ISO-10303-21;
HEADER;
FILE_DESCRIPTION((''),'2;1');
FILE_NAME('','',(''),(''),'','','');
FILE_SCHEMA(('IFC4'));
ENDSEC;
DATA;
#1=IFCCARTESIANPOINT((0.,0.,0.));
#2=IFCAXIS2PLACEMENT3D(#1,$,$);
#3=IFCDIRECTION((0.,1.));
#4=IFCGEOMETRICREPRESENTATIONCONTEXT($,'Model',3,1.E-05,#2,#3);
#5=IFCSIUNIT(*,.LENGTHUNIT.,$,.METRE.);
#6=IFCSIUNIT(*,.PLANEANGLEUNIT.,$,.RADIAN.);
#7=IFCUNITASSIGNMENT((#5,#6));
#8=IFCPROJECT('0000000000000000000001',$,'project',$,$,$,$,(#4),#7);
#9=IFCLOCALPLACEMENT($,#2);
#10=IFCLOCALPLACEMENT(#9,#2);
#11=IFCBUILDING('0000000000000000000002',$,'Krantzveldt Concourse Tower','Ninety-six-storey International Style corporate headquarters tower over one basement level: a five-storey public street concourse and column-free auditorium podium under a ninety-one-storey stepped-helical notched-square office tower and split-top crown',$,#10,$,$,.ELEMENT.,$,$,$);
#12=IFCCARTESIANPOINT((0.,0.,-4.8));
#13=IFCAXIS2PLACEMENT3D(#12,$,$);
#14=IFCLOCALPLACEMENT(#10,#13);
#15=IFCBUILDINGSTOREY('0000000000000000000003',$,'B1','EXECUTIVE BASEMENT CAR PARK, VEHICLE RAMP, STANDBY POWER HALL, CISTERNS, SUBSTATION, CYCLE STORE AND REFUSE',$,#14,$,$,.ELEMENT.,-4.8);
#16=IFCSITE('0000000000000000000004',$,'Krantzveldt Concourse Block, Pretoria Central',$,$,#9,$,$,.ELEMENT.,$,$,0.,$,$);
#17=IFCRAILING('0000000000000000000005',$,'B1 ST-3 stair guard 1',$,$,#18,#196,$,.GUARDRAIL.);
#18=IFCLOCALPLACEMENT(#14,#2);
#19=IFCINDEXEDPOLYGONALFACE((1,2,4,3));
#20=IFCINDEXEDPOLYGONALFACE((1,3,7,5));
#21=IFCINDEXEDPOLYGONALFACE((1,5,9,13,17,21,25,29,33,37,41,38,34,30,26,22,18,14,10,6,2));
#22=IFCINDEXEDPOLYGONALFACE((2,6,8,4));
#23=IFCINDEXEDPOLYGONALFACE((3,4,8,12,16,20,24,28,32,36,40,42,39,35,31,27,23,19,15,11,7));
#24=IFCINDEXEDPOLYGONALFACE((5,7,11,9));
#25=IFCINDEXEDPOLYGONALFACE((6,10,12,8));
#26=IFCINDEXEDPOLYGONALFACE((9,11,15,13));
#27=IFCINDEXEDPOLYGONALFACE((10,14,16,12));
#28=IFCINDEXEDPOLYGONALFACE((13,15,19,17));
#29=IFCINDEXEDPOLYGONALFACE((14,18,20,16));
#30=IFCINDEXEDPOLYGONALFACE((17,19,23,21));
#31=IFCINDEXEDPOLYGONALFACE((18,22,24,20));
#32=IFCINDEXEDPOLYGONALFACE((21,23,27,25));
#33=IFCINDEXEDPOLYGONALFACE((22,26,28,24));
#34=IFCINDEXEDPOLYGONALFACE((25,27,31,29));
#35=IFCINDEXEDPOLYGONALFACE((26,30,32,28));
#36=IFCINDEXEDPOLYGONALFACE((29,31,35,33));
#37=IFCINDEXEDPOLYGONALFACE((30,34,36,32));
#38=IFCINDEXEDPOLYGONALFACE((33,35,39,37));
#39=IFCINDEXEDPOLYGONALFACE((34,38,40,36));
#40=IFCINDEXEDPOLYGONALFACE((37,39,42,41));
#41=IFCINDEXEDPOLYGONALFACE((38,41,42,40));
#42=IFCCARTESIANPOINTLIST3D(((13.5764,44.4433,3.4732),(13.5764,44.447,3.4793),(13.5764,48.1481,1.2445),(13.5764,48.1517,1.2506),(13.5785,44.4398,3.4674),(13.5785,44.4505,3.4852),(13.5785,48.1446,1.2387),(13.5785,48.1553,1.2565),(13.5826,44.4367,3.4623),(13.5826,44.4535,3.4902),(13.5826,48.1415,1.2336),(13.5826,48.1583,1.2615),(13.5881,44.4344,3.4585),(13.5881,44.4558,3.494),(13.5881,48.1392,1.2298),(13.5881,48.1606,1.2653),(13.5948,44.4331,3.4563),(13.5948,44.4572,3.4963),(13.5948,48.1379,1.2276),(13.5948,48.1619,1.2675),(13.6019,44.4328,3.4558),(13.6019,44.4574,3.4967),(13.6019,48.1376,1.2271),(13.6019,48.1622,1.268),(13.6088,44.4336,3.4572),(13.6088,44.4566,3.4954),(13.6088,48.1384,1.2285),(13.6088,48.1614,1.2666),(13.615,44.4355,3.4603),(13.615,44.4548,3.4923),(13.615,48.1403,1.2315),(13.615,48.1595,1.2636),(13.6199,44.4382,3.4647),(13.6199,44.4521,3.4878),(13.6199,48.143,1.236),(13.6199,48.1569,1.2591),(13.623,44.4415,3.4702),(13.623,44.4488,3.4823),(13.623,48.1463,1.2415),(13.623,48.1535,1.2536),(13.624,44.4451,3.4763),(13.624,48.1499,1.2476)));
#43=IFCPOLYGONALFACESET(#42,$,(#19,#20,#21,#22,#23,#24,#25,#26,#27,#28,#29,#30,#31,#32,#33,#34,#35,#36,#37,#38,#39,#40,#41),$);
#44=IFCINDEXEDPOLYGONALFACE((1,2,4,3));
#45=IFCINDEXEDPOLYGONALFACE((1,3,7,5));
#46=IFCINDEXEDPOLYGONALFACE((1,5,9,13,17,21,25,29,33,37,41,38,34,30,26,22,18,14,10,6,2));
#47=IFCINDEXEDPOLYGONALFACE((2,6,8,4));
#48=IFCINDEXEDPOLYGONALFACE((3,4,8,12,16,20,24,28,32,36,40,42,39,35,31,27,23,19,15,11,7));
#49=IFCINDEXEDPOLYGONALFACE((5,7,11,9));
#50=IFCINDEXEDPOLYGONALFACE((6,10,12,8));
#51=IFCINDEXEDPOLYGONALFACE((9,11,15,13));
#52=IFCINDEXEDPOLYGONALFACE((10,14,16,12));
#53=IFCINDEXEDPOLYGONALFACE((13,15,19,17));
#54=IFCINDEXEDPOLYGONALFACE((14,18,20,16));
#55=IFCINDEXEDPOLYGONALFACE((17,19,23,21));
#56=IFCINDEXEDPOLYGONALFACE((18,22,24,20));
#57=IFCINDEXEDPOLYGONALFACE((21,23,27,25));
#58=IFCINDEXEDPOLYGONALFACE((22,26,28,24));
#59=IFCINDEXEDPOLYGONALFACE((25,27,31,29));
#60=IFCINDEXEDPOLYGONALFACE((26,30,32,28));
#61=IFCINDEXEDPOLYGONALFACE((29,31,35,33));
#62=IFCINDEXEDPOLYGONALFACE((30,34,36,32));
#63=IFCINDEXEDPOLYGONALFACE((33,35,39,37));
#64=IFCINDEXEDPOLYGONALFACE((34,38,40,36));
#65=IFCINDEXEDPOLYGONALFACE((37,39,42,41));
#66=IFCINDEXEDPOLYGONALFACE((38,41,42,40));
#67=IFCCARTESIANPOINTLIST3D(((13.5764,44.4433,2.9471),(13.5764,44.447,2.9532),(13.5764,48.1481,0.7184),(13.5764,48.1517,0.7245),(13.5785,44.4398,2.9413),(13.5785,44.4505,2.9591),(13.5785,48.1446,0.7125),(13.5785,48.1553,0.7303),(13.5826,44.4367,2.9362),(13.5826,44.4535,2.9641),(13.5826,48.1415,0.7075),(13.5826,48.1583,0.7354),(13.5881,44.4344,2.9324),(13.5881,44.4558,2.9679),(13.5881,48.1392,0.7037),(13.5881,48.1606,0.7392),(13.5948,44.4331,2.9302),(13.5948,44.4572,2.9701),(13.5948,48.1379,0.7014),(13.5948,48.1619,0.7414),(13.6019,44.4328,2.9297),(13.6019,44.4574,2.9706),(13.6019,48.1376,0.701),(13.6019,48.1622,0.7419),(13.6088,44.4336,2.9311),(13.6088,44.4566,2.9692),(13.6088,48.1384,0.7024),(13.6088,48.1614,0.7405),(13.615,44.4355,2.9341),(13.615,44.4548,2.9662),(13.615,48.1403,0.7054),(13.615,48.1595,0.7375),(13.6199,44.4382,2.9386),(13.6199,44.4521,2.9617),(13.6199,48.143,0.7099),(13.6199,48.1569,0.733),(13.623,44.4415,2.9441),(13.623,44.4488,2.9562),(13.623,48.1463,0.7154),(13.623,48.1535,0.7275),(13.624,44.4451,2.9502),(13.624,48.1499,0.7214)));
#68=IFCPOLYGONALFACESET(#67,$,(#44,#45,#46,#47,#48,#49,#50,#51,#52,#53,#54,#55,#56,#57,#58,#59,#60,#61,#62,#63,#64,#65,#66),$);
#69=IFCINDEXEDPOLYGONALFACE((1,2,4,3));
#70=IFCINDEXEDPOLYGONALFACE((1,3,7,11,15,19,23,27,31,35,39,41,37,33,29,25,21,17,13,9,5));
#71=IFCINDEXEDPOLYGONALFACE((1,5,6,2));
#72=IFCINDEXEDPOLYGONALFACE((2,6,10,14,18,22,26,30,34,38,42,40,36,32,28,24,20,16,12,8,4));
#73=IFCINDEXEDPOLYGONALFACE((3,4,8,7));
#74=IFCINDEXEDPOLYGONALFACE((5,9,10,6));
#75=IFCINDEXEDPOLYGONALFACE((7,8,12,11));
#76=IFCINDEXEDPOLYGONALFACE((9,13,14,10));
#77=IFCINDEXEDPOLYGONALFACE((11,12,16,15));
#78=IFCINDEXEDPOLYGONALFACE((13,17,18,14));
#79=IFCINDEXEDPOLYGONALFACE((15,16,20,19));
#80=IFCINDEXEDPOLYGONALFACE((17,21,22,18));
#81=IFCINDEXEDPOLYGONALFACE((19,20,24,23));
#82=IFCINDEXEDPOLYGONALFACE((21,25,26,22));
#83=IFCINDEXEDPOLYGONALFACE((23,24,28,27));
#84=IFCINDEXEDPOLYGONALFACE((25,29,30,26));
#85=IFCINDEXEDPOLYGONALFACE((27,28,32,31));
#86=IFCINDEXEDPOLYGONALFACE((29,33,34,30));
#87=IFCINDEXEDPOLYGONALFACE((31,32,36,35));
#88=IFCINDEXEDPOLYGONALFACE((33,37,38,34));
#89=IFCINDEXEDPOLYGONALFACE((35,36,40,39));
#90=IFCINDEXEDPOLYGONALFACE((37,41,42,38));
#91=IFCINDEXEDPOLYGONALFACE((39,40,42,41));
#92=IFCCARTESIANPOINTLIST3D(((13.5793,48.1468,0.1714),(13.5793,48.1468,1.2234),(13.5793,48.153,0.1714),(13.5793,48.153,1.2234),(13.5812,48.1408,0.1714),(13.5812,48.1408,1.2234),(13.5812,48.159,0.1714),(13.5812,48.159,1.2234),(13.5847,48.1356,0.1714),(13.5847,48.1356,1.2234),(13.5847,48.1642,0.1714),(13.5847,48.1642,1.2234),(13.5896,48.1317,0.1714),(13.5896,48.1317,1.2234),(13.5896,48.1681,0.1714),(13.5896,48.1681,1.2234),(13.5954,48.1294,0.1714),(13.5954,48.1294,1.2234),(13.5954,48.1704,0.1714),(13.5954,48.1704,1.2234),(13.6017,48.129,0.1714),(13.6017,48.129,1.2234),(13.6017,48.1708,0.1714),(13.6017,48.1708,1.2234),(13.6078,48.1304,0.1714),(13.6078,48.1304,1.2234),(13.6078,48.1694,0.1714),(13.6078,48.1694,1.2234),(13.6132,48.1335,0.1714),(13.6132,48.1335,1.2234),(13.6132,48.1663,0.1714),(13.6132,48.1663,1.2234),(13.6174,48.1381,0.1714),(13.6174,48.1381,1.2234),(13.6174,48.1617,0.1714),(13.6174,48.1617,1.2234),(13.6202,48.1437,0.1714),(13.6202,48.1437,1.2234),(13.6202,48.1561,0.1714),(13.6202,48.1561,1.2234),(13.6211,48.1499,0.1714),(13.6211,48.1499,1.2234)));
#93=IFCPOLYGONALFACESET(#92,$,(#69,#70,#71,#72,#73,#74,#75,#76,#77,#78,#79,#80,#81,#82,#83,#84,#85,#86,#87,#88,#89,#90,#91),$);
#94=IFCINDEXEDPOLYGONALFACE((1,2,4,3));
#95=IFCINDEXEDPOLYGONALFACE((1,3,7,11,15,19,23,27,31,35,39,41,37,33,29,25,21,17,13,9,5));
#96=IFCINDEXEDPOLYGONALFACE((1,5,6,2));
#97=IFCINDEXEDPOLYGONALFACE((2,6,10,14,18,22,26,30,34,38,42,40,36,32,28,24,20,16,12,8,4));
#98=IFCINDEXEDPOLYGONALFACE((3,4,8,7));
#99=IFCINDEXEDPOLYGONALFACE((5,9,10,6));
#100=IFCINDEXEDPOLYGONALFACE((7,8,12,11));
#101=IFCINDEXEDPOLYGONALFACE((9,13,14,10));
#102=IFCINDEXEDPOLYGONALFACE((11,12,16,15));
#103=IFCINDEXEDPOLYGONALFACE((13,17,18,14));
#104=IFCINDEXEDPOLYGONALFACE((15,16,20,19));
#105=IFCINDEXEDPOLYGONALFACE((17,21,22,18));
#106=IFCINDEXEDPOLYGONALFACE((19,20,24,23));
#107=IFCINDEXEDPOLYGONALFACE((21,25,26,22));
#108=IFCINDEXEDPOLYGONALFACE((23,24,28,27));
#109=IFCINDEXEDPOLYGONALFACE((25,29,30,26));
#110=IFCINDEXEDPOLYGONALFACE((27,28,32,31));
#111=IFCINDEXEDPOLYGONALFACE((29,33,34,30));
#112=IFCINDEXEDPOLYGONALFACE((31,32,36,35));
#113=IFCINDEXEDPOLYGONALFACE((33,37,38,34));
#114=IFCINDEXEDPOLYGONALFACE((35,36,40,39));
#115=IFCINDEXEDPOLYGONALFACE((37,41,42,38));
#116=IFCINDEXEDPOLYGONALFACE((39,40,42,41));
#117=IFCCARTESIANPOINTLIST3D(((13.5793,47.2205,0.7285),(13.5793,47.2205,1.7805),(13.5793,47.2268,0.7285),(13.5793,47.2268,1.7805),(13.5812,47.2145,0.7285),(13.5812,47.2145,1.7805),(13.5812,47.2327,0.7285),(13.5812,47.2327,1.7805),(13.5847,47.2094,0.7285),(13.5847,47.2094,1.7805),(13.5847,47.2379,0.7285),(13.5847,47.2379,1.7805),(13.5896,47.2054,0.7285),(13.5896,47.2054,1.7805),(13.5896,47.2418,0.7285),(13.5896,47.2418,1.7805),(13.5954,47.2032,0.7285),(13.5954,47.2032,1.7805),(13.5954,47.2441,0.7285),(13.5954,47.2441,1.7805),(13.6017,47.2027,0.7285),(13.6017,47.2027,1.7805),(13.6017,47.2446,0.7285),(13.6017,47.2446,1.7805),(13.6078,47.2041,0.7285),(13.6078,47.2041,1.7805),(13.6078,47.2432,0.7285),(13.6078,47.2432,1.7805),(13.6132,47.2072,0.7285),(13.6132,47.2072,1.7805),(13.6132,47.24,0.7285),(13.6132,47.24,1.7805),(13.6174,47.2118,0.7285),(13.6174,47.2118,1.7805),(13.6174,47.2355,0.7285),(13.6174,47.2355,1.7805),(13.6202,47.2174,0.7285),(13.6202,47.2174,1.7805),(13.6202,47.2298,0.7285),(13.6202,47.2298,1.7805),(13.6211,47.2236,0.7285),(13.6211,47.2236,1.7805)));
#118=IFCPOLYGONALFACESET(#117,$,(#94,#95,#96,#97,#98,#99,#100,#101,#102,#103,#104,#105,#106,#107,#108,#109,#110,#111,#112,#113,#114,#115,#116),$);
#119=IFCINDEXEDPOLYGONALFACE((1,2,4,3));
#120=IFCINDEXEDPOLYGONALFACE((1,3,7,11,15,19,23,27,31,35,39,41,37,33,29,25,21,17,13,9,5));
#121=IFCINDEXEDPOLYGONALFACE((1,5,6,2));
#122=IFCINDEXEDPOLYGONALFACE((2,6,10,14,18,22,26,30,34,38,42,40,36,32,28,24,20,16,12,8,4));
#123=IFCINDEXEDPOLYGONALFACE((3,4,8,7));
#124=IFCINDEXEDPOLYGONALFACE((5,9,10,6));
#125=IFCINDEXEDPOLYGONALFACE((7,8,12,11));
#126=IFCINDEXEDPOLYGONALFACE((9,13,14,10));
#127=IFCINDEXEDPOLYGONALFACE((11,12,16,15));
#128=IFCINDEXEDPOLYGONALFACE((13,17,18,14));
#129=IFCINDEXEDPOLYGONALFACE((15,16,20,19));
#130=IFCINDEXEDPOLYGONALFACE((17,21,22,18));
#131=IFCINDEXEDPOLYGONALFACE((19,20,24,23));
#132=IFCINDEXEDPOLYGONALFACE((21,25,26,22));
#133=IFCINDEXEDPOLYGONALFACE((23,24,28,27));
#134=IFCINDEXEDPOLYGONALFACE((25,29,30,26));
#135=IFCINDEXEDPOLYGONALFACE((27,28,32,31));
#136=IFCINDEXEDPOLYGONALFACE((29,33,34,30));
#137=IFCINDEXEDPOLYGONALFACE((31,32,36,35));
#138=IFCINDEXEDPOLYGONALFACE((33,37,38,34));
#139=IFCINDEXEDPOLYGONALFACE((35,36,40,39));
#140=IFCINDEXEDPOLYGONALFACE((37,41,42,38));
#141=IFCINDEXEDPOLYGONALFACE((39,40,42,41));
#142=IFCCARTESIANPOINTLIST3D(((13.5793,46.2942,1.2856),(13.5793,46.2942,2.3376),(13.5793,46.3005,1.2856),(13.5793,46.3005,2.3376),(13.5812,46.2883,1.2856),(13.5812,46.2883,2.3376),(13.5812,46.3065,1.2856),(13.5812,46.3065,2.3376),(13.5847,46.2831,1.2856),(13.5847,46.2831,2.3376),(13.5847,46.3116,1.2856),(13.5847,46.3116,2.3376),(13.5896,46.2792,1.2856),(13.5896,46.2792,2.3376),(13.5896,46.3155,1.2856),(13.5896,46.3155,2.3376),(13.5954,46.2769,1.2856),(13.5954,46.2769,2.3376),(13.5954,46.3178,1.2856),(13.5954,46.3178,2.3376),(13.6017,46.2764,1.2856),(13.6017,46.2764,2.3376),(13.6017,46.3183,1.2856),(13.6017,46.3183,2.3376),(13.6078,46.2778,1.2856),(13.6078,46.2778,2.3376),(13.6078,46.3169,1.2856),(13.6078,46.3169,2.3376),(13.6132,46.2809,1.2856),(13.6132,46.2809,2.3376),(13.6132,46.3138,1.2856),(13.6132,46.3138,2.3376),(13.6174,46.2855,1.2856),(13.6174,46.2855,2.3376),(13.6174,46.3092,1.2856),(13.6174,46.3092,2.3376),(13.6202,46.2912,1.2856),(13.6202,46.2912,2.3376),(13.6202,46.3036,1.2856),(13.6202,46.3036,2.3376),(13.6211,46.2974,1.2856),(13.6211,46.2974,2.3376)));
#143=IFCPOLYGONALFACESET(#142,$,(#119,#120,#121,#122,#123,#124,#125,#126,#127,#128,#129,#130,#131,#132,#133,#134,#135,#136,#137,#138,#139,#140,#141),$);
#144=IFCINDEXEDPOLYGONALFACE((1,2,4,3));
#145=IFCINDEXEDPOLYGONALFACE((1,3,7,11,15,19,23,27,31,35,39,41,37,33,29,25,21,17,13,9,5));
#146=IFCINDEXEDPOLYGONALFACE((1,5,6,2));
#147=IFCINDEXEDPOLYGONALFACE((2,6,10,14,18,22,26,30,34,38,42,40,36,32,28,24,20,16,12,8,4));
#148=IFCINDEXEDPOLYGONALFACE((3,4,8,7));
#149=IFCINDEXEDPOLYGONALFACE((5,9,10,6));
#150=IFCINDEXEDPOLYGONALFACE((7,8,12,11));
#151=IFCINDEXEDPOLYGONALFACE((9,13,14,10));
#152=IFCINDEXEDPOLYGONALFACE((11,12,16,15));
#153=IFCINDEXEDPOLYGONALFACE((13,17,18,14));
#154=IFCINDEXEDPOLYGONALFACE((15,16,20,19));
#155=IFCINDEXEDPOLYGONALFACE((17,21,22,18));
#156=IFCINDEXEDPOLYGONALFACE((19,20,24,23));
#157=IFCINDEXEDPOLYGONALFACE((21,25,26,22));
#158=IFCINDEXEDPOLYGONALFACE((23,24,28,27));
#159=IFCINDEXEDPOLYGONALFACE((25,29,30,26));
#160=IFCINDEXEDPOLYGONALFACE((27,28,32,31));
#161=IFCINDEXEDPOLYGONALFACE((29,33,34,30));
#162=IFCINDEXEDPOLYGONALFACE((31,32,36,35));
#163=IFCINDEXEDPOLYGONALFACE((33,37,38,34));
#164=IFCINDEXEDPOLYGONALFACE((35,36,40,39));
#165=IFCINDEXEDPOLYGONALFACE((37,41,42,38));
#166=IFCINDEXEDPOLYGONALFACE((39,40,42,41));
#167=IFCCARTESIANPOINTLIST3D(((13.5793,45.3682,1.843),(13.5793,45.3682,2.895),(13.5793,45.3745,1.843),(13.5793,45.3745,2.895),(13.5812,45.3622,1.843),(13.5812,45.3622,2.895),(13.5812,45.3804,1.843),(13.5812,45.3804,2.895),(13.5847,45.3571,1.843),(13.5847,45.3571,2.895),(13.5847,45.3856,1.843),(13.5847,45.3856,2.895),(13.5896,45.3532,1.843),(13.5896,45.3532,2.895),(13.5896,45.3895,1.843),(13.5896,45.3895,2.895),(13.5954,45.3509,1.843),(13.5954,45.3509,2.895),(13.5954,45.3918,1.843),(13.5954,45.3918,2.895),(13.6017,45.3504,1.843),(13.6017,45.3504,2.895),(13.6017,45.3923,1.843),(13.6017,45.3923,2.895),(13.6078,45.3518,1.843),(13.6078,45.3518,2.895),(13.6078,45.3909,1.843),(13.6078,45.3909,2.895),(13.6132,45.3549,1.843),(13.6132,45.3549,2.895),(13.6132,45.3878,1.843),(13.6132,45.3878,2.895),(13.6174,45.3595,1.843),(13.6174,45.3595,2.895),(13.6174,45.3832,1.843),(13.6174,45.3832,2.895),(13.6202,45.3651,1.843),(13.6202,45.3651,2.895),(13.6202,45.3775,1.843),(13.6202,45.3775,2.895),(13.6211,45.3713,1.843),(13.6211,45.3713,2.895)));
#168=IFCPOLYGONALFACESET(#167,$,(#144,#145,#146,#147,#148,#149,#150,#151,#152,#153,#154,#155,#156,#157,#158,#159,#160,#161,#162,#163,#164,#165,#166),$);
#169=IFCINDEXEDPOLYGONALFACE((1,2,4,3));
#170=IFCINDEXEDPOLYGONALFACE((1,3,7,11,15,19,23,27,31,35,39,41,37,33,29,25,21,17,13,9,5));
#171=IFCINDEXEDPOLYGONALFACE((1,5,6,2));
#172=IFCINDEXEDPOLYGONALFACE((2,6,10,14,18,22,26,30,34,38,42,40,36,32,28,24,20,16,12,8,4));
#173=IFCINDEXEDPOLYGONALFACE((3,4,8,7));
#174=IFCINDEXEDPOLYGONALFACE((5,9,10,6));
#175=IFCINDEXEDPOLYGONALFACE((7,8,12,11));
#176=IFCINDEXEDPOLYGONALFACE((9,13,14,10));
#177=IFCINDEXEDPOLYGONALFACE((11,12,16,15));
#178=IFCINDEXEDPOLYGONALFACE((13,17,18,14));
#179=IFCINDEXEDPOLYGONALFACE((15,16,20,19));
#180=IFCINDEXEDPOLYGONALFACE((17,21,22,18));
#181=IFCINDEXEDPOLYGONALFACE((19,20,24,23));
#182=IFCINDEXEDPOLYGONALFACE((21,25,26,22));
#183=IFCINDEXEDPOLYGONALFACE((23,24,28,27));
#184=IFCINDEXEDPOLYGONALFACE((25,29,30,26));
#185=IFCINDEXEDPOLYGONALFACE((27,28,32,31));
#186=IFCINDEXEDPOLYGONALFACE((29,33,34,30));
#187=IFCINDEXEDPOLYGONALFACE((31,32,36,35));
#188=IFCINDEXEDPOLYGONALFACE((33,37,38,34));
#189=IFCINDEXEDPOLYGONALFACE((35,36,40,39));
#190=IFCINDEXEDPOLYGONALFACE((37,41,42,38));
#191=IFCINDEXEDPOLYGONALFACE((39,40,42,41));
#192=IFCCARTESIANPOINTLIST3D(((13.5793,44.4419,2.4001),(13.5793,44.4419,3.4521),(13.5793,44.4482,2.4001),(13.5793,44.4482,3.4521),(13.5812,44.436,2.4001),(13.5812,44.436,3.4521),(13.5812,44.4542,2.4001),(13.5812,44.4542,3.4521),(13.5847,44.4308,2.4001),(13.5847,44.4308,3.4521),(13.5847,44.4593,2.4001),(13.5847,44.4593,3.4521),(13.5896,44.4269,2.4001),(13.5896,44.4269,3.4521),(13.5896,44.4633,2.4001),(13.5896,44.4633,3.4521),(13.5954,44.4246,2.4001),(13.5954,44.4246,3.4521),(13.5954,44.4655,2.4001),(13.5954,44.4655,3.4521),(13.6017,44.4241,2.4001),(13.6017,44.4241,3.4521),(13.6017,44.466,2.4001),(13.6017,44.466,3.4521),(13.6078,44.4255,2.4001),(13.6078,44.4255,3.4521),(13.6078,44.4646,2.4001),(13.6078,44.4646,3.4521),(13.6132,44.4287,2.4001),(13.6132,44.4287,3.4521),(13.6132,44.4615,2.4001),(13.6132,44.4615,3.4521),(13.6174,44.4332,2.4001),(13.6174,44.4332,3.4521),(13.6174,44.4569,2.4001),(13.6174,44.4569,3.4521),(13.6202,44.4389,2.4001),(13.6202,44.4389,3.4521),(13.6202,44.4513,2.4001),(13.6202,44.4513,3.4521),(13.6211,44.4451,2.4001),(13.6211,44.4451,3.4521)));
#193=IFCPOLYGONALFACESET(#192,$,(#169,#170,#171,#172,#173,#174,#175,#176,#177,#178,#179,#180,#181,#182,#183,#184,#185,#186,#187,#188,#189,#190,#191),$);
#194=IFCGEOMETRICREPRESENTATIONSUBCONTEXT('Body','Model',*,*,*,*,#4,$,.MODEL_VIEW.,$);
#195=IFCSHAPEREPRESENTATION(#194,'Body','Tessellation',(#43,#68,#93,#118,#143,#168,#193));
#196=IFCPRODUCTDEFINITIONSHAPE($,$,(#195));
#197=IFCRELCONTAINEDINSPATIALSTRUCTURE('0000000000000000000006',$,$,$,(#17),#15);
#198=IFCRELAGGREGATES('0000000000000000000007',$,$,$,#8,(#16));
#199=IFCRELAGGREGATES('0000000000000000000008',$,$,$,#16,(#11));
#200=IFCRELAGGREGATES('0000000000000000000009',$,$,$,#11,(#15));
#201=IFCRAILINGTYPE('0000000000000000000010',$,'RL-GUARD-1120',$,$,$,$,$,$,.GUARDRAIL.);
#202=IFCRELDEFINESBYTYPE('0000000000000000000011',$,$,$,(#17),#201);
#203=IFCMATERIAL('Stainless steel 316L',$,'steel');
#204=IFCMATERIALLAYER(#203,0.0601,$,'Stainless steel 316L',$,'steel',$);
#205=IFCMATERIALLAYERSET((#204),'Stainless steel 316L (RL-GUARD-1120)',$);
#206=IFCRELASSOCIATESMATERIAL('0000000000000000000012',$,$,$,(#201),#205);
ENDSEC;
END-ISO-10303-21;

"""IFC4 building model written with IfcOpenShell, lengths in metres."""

from ifc_helpers import new_model, si_unit, direction, frame, origin, origin_2d, place, context, subcontext, project, spatial, circle, extrude, material, layer, layer_set, type_object, element, save


model = new_model("IFC4")

# Units and contexts
model_context = context("Model", 3, precision=1e-05, world=origin(), true_north=direction((0.0, 1.0)))
body_context = subcontext(model_context, "Body", "Model", "MODEL_VIEW")
ifc_project = project(units=[si_unit("LENGTHUNIT", "METRE"), si_unit("PLANEANGLEUNIT", "RADIAN")], contexts=[model_context])

# Site, building, storey
site_placement = place(None, origin())
site = spatial("IfcSite", under=ifc_project, at=site_placement, Name="Krantzveldt Concourse Block, Pretoria Central", CompositionType="ELEMENT", RefElevation=0.0)
building_placement = place(site_placement, origin())
building = spatial("IfcBuilding", under=site, at=building_placement, Name="Krantzveldt Concourse Tower", Description="Ninety-six-storey International Style corporate headquarters tower over one basement level: a five-storey public street concourse and column-free auditorium podium under a ninety-one-storey stepped-helical notched-square office tower and split-top crown", CompositionType="ELEMENT")
storey_placement = place(building_placement, frame((0.0, 0.0, -4.8)))
storey = spatial("IfcBuildingStorey", under=building, at=storey_placement, Name="B1", Description="EXECUTIVE BASEMENT CAR PARK, VEHICLE RAMP, STANDBY POWER HALL, CISTERNS, SUBSTATION, CYCLE STORE AND REFUSE", CompositionType="ELEMENT", Elevation=-4.8)

# Railing
ifc_material_1 = material(Name="Stainless steel 316L", Category="steel")
ifc_layer_1 = layer(ifc_material_1, 0.0601, Name="Stainless steel 316L", Category="steel")
ifc_layer_set_1 = layer_set([ifc_layer_1], Name="Stainless steel 316L (RL-GUARD-1120)")
railing_type_1 = type_object("IfcRailingType", Name="RL-GUARD-1120", PredefinedType="GUARDRAIL", material=ifc_layer_set_1)
railing_1_placement = place(storey_placement, frame((13.6001, 48.1499, 0.1714)))
element("IfcRailing", 1, at=railing_1_placement, inside=storey, type_object=railing_type_1, Name="B1 ST-3 stair guard 1", PredefinedType="GUARDRAIL", context=body_context, shape_type="SweptSolid", body=[
    extrude(circle(Radius=0.0239, at=origin_2d()), frame((0.0, 0.0, 1.0762), z_axis=(0.0, -0.856894, 0.515492), x_axis=(1.0, 0.0, 0.0)), (0.0, 0.0, 1.0), 4.3235),
    extrude(circle(Radius=0.0239, at=origin_2d()), frame((0.0, 0.0, 0.55), z_axis=(0.0, -0.856894, 0.515492), x_axis=(1.0, 0.0, 0.0)), (0.0, 0.0, 1.0), 4.3235),
    extrude(circle(Radius=0.021, at=origin_2d()), origin(), (0.0, 0.0, 1.0), 1.052),
    extrude(circle(Radius=0.021, at=origin_2d()), frame((0.0, -0.9263, 0.5571)), (0.0, 0.0, 1.0), 1.052),
    extrude(circle(Radius=0.021, at=origin_2d()), frame((0.0, -1.8525, 1.1143)), (0.0, 0.0, 1.0), 1.052),
    extrude(circle(Radius=0.021, at=origin_2d()), frame((0.0, -2.7786, 1.6716)), (0.0, 0.0, 1.0), 1.052),
    extrude(circle(Radius=0.021, at=origin_2d()), frame((0.0, -3.7048, 2.2288)), (0.0, 0.0, 1.0), 1.052),
])

save(model, "model.ifc")
